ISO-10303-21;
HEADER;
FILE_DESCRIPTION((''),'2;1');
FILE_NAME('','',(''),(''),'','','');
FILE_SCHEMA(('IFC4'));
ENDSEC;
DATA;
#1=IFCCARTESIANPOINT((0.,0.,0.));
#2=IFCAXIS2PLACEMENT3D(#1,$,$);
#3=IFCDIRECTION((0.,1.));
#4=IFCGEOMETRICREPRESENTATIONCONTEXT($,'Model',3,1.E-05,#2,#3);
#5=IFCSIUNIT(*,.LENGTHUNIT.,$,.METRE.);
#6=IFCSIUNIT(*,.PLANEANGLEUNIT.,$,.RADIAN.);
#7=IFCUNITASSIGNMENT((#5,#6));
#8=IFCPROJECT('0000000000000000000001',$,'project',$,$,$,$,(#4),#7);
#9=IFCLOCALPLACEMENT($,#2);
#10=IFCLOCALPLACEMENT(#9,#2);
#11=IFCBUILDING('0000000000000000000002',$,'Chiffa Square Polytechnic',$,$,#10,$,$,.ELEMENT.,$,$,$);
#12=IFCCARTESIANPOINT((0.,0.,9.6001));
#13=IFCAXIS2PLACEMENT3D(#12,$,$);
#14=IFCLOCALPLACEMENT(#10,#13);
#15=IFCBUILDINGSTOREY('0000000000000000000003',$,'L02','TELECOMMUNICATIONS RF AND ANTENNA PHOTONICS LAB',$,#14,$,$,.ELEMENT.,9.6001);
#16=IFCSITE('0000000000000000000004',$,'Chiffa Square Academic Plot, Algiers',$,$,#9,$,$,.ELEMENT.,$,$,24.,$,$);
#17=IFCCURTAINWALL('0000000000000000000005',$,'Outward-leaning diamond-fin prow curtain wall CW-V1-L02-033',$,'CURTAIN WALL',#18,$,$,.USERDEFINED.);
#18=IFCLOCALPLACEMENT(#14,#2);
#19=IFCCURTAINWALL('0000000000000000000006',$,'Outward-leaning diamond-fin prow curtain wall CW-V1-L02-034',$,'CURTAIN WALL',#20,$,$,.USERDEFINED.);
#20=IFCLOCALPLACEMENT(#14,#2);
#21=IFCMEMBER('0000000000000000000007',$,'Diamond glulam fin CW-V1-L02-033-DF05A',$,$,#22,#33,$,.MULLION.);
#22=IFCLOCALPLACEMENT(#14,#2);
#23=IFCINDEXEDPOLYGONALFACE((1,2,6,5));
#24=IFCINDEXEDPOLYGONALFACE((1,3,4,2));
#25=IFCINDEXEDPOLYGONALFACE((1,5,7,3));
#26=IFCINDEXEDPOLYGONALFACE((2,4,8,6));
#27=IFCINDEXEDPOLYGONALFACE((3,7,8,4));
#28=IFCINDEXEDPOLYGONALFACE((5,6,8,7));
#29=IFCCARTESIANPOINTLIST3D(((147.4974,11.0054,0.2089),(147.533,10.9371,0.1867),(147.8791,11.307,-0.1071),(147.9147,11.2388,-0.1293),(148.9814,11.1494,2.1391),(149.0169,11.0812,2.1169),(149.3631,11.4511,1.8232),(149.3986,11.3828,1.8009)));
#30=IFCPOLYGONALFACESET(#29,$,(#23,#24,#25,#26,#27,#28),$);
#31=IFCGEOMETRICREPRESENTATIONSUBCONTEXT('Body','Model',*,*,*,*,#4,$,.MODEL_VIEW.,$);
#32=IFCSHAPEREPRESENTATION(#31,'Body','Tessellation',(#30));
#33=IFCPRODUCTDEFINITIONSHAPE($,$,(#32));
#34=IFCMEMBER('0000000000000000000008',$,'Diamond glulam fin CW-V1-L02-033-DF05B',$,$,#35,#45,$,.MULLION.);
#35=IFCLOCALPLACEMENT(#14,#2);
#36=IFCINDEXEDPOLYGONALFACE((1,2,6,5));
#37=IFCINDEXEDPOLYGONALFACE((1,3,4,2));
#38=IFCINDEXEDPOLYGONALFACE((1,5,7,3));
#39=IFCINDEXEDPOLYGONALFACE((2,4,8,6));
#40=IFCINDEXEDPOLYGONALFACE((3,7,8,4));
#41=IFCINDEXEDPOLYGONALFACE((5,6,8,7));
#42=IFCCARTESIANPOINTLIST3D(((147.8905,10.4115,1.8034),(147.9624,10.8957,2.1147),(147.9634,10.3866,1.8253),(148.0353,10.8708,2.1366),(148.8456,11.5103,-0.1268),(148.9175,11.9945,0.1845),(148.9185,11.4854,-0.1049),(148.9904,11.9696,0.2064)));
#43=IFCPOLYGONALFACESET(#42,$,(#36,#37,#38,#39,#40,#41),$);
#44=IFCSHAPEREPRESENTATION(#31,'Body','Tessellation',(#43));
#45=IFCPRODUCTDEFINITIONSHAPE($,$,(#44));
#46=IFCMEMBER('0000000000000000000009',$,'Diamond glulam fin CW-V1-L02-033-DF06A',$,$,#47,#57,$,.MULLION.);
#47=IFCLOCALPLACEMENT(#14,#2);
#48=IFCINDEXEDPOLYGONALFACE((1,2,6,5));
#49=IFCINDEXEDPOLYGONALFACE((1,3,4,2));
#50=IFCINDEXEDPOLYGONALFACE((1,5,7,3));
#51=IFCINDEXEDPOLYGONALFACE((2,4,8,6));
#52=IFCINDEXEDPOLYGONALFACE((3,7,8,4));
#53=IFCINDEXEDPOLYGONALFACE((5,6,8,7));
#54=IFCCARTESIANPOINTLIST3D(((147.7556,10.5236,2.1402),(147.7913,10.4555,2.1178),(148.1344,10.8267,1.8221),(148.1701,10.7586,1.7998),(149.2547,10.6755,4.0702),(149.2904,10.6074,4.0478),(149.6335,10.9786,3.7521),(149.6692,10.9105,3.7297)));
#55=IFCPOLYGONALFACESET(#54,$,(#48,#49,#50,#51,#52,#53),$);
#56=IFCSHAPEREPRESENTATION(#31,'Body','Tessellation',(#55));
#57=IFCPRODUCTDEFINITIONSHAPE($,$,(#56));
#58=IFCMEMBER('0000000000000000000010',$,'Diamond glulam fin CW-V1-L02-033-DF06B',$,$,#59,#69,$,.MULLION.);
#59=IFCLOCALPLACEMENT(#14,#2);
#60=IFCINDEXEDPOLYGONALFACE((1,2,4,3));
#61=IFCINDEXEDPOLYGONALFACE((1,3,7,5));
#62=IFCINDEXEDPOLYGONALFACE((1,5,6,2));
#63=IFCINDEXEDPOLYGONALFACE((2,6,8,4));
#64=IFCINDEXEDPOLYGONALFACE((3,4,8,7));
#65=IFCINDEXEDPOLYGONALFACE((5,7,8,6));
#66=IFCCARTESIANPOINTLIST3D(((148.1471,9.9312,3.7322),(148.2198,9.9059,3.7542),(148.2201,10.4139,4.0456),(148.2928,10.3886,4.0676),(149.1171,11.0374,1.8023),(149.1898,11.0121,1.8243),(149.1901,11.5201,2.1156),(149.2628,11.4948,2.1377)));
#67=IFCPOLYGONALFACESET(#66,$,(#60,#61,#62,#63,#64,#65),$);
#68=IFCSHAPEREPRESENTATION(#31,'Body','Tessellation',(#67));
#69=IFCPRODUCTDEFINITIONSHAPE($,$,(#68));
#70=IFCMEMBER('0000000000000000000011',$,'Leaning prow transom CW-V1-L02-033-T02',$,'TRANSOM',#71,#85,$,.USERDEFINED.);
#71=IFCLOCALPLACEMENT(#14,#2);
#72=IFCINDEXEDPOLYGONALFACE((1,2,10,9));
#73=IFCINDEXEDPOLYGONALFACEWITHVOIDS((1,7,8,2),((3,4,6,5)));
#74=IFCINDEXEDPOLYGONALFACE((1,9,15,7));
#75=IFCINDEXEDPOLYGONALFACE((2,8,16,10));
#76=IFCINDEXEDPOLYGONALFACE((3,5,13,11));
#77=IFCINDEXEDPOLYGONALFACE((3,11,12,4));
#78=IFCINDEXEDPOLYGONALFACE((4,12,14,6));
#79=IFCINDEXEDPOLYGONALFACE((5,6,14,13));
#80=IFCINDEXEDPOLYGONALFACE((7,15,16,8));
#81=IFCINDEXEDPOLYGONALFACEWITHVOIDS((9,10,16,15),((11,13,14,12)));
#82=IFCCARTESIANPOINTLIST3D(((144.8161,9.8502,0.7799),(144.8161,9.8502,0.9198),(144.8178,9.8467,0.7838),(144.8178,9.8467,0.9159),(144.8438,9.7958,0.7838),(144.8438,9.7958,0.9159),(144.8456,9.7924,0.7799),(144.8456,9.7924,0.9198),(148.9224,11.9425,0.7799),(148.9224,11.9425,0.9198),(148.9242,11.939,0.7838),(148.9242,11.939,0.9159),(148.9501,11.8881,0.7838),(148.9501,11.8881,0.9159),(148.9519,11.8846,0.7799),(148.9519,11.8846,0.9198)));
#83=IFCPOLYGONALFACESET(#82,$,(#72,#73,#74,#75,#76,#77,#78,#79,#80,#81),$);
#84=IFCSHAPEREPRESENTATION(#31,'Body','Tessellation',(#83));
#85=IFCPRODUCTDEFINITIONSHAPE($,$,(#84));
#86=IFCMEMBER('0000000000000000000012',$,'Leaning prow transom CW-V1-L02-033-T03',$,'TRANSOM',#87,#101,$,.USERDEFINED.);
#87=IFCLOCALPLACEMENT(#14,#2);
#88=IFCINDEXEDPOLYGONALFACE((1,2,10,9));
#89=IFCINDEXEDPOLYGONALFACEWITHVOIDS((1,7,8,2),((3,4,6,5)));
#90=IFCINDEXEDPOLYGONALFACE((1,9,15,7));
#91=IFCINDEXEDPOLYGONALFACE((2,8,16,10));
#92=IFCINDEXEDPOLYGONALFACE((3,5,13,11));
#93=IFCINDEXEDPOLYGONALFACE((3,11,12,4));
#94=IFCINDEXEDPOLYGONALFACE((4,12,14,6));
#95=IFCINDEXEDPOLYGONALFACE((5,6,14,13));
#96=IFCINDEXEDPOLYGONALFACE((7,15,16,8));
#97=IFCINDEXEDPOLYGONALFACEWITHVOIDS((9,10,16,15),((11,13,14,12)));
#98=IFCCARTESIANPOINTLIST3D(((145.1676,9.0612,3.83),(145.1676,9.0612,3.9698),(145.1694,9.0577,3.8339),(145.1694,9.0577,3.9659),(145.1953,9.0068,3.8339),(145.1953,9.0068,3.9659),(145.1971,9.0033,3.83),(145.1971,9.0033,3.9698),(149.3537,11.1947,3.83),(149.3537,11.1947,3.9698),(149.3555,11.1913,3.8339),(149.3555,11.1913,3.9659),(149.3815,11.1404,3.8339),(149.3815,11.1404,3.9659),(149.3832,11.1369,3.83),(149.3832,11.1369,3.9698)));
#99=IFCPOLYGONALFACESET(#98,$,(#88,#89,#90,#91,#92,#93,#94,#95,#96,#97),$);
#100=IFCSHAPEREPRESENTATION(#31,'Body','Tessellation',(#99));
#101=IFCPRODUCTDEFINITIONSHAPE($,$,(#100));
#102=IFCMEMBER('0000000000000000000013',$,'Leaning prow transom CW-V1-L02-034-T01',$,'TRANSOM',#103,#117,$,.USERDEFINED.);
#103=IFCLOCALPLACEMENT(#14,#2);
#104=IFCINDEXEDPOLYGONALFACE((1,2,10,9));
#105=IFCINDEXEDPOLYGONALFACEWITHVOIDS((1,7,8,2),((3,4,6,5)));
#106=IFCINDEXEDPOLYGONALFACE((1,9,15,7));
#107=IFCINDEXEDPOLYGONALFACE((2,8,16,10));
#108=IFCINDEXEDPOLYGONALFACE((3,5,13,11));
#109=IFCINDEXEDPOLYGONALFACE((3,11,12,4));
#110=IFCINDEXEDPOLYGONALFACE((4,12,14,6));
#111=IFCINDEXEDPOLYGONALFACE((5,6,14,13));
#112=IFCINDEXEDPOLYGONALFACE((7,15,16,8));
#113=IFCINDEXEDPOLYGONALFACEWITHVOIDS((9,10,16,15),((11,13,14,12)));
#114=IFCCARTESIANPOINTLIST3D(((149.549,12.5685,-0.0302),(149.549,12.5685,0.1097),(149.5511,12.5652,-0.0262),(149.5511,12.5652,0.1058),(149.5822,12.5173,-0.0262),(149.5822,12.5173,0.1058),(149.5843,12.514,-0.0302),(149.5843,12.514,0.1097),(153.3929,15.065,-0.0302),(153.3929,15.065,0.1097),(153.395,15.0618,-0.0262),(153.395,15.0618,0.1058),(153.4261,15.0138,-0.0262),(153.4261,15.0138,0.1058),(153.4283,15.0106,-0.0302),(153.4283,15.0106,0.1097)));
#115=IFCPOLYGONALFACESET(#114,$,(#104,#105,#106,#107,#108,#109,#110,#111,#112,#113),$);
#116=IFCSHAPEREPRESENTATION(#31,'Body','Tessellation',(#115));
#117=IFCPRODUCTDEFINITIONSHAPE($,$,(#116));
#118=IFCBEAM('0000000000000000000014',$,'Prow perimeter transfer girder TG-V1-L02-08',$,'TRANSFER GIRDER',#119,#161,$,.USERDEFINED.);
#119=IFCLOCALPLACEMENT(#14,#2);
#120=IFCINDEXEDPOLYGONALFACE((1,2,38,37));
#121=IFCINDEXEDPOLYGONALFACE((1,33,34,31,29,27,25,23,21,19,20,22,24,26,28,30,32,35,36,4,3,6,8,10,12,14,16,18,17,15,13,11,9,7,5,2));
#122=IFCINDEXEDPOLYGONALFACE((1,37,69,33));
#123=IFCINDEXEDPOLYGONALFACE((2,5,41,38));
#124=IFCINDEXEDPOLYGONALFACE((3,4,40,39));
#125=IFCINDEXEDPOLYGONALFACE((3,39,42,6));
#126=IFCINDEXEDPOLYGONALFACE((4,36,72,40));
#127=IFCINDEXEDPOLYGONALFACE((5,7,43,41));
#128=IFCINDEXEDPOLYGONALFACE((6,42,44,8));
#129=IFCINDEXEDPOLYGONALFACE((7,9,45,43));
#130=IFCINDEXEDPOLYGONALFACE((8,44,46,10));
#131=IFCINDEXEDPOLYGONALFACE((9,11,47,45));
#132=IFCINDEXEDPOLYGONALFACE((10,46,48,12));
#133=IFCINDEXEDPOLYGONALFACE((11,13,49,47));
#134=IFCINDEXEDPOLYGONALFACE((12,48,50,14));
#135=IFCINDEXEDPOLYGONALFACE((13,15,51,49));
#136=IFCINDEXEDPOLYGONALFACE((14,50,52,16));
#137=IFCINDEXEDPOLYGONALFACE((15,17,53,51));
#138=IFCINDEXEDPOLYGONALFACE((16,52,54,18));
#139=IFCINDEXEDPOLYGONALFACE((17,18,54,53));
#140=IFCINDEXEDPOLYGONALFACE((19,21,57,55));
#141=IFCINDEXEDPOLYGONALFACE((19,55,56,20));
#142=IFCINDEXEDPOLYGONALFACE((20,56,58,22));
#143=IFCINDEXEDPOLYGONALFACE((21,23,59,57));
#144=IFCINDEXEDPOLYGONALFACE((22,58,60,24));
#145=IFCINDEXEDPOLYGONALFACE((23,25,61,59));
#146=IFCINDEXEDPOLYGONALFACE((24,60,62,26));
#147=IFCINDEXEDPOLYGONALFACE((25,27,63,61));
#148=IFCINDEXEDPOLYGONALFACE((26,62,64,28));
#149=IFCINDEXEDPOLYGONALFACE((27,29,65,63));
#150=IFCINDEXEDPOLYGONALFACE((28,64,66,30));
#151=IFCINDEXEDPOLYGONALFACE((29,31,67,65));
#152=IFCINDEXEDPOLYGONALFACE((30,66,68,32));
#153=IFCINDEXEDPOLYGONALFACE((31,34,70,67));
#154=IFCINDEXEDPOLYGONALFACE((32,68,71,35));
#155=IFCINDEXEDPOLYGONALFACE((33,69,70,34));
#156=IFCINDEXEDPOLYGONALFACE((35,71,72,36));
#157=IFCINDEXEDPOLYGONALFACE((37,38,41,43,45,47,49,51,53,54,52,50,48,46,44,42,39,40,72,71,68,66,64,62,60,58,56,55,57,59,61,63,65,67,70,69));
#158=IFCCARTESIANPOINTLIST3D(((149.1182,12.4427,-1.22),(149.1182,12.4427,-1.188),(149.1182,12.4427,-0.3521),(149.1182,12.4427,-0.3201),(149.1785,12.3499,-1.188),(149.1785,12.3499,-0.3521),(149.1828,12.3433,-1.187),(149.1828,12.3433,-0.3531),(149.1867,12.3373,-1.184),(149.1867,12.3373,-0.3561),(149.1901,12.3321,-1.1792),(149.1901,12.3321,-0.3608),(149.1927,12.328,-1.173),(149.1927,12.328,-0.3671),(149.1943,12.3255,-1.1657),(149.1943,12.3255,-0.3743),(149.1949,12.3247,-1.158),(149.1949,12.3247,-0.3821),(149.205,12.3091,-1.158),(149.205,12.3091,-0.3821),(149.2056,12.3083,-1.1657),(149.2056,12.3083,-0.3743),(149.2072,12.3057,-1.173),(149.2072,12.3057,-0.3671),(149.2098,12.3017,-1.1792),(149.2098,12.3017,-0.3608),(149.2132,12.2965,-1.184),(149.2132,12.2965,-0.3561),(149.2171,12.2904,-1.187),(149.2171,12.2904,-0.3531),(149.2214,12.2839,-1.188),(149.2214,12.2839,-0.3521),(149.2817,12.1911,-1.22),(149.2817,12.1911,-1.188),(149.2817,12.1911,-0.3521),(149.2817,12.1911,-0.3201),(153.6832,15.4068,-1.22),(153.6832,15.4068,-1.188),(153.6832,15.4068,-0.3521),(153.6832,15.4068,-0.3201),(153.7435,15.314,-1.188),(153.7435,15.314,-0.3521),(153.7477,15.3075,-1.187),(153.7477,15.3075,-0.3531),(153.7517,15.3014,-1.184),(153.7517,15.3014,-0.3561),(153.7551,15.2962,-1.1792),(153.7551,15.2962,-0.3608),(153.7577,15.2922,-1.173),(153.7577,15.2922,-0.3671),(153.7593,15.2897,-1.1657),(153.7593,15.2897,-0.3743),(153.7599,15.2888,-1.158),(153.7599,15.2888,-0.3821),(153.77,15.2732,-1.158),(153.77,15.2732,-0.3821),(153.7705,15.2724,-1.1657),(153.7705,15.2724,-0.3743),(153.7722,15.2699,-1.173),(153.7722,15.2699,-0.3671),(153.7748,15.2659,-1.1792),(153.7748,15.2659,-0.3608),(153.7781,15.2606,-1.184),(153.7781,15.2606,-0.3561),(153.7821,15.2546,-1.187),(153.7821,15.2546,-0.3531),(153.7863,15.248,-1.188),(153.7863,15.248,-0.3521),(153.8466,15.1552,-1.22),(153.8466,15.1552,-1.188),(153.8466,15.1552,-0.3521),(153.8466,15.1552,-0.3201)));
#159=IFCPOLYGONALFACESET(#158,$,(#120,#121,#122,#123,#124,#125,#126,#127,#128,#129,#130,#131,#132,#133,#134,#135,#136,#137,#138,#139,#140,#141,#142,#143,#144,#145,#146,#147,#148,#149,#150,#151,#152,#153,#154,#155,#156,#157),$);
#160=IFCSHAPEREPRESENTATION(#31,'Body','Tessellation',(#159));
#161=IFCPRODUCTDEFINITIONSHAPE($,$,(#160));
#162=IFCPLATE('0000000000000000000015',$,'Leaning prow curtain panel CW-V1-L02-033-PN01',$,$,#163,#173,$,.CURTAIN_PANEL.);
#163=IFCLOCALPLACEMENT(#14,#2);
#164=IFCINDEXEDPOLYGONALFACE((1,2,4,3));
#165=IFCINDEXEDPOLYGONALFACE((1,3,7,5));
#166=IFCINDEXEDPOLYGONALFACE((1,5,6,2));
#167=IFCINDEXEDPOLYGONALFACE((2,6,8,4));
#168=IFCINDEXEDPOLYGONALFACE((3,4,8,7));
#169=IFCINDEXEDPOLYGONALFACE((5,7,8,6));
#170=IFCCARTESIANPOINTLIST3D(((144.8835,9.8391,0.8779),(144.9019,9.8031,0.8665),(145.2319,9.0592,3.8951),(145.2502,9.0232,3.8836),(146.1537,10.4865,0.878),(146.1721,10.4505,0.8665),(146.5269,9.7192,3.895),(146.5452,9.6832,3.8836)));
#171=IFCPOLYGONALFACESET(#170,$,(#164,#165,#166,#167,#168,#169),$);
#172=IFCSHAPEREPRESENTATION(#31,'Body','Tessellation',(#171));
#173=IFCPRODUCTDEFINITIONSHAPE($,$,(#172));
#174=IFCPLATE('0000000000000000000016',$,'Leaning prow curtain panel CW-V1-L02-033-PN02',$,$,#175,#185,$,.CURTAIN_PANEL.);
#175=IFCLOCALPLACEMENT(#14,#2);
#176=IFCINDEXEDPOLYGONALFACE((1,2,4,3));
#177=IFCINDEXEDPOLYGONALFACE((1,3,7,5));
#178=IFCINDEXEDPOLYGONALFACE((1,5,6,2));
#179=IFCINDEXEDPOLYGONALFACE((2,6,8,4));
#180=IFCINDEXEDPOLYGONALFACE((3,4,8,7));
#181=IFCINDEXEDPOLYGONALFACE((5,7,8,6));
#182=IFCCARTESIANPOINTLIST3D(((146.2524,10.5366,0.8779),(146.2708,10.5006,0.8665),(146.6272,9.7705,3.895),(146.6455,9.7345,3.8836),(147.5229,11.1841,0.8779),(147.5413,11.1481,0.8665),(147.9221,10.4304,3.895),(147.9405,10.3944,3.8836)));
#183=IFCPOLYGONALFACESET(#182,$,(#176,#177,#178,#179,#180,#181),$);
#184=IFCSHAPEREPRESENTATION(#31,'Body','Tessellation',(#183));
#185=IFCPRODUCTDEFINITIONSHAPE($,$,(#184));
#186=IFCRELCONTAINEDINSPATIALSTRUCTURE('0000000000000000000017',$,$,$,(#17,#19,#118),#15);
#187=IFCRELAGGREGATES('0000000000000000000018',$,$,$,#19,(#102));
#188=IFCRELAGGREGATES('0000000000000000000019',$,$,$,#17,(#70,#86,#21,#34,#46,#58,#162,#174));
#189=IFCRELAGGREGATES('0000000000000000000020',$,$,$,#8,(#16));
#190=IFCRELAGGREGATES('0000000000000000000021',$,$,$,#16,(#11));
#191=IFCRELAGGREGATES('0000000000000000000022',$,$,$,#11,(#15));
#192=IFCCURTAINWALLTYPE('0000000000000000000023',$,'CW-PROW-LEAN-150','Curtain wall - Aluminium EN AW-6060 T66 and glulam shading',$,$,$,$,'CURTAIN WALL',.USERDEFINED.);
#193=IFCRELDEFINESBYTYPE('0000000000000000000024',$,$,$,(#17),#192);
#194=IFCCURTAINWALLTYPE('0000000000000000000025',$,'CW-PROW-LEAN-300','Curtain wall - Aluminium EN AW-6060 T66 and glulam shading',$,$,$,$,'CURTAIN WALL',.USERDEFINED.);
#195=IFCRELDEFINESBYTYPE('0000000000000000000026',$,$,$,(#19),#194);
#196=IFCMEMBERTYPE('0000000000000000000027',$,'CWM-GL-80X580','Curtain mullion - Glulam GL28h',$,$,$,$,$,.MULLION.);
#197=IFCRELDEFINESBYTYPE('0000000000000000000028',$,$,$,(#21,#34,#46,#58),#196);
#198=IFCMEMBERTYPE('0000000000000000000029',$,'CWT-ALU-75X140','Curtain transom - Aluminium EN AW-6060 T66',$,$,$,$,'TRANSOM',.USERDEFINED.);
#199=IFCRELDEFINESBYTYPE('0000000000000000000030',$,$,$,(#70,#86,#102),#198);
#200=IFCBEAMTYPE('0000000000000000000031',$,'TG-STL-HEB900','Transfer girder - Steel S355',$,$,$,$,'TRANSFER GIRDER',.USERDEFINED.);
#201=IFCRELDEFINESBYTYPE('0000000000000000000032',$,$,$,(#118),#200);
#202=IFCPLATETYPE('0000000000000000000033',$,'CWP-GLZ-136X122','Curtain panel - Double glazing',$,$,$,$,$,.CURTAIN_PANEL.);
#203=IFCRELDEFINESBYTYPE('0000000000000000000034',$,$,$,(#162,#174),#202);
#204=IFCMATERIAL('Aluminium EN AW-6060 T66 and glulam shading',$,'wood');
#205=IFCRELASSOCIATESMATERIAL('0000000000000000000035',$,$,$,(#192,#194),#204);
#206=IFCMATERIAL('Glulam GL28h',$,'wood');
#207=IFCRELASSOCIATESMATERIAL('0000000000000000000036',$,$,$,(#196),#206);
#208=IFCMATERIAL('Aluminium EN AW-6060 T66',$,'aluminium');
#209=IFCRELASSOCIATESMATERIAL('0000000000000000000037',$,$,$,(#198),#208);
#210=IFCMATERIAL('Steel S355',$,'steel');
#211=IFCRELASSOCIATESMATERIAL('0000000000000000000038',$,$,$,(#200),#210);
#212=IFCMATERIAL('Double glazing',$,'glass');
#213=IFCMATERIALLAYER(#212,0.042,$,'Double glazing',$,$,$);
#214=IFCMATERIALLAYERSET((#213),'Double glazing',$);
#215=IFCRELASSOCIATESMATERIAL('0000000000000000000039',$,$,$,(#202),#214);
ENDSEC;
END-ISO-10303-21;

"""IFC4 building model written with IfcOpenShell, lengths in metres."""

from ifc_helpers import new_model, si_unit, direction, frame, origin, origin_2d, place, context, subcontext, project, spatial, polyline, rectangle, hollow_rectangle, i_section, outline, extrude, material, layer, layer_set, material_profile, profile_set, type_object, element, aggregate, save


model = new_model("IFC4")

# Units and contexts
model_context = context("Model", 3, precision=1e-05, world=origin(), true_north=direction((0.0, 1.0)))
body_context = subcontext(model_context, "Body", "Model", "MODEL_VIEW")
ifc_project = project(units=[si_unit("LENGTHUNIT", "METRE"), si_unit("PLANEANGLEUNIT", "RADIAN")], contexts=[model_context])

# Site, building, storey
site_placement = place(None, origin())
site = spatial("IfcSite", under=ifc_project, at=site_placement, Name="Chiffa Square Academic Plot, Algiers", CompositionType="ELEMENT", RefElevation=24.0)
building_placement = place(site_placement, origin())
building = spatial("IfcBuilding", under=site, at=building_placement, Name="Chiffa Square Polytechnic", CompositionType="ELEMENT")
storey_placement = place(building_placement, frame((0.0, 0.0, 9.6001)))
storey = spatial("IfcBuildingStorey", under=building, at=storey_placement, Name="L02", Description="TELECOMMUNICATIONS RF AND ANTENNA PHOTONICS LAB", CompositionType="ELEMENT", Elevation=9.6001)

# Curtain wall
ifc_material_1 = material(Name="Aluminium EN AW-6060 T66 and glulam shading", Category="wood")
curtain_wall_type_1 = type_object("IfcCurtainWallType", Name="CW-PROW-LEAN-150", Description="Curtain wall - Aluminium EN AW-6060 T66 and glulam shading", ElementType="CURTAIN WALL", PredefinedType="USERDEFINED", material=ifc_material_1)
curtain_wall_1_placement = place(storey_placement, origin())
curtain_wall_1 = element("IfcCurtainWall", 1, at=curtain_wall_1_placement, inside=storey, type_object=curtain_wall_type_1, Name="Outward-leaning diamond-fin prow curtain wall CW-V1-L02-033", ObjectType="CURTAIN WALL", PredefinedType="USERDEFINED")
ifc_material_2 = material(Name="Aluminium EN AW-6060 T66", Category="aluminium")

# Curtain wall
curtain_wall_type_2 = type_object("IfcCurtainWallType", Name="CW-PROW-LEAN-300", Description="Curtain wall - Aluminium EN AW-6060 T66 and glulam shading", ElementType="CURTAIN WALL", PredefinedType="USERDEFINED", material=ifc_material_1)
curtain_wall_2_placement = place(storey_placement, origin())
curtain_wall_2 = element("IfcCurtainWall", 2, at=curtain_wall_2_placement, inside=storey, type_object=curtain_wall_type_2, Name="Outward-leaning diamond-fin prow curtain wall CW-V1-L02-034", ObjectType="CURTAIN WALL", PredefinedType="USERDEFINED")

# Members
ifc_material_3 = material(Name="Glulam GL28h", Category="wood")
ifc_material_profile_1 = material_profile(ifc_material_3, rectangle(XDim=0.0801, YDim=0.5801, at=origin_2d()), Name="GL28h 80x580")
ifc_profile_set_1 = profile_set([ifc_material_profile_1], Name="Glulam GL28h")
member_type_1 = type_object("IfcMemberType", Name="CWM-GL-80X580", Description="Curtain mullion - Glulam GL28h", PredefinedType="MULLION", material=ifc_profile_set_1)
member_1_placement = place(storey_placement, frame((147.7061, 11.1221, 0.0398), z_axis=(0.608424, 0.059061, 0.791412), x_axis=(-0.443699, 0.852124, 0.277517)))
member_1 = element("IfcMember", 3, at=member_1_placement, type_object=member_type_1, Name="Diamond glulam fin CW-V1-L02-033-DF05A", PredefinedType="MULLION", context=body_context, shape_type="SweptSolid", body=[
    extrude(rectangle(XDim=0.0801, YDim=0.5801, at=origin_2d()), origin(), (0.0, 0.0, 1.0), 2.439),
])
member_2_placement = place(storey_placement, frame((148.918, 11.74, 0.0398), z_axis=(-0.395035, -0.454513, 0.798351), x_axis=(0.910262, -0.310937, 0.273389)))
member_2 = element("IfcMember", 4, at=member_2_placement, type_object=member_type_1, Name="Diamond glulam fin CW-V1-L02-033-DF05B", PredefinedType="MULLION", context=body_context, shape_type="SweptSolid", body=[
    extrude(rectangle(XDim=0.0801, YDim=0.5801, at=origin_2d()), origin(), (0.0, 0.0, 1.0), 2.4177),
])
member_3_placement = place(storey_placement, frame((147.9629, 10.6411, 1.97), z_axis=(0.612241, 0.062022, 0.788235), x_axis=(-0.445831, 0.850403, 0.279374)))
member_3 = element("IfcMember", 5, at=member_3_placement, type_object=member_type_1, Name="Diamond glulam fin CW-V1-L02-033-DF06A", PredefinedType="MULLION", context=body_context, shape_type="SweptSolid", body=[
    extrude(rectangle(XDim=0.0801, YDim=0.5801, at=origin_2d()), origin(), (0.0, 0.0, 1.0), 2.4485),
])
member_4_placement = place(storey_placement, frame((149.1899, 11.2661, 1.97), z_axis=(-0.399698, -0.455835, 0.795271), x_axis=(0.907971, -0.315967, 0.275234)))
member_4 = element("IfcMember", 6, at=member_4_placement, type_object=member_type_1, Name="Diamond glulam fin CW-V1-L02-033-DF06B", PredefinedType="MULLION", context=body_context, shape_type="SweptSolid", body=[
    extrude(rectangle(XDim=0.0801, YDim=0.5801, at=origin_2d()), origin(), (0.0, 0.0, 1.0), 2.4268),
])
ifc_material_profile_2 = material_profile(ifc_material_2, hollow_rectangle(XDim=0.0649, YDim=0.1399, WallThickness=0.0039, at=origin_2d()), Name="ALU 65x140x4")
ifc_profile_set_2 = profile_set([ifc_material_profile_2], Name="Aluminium EN AW-6060 T66")
member_type_2 = type_object("IfcMemberType", Name="CWT-ALU-75X140", Description="Curtain transom - Aluminium EN AW-6060 T66", ElementType="TRANSOM", PredefinedType="USERDEFINED", material=ifc_profile_set_2)
member_5_placement = place(storey_placement, frame((144.8308, 9.8213, 0.8499), z_axis=(0.891011, 0.453981, 0.0), x_axis=(-0.453981, 0.891011, 0.0)))
member_5 = element("IfcMember", 7, at=member_5_placement, type_object=member_type_2, Name="Leaning prow transom CW-V1-L02-033-T02", ObjectType="TRANSOM", PredefinedType="USERDEFINED", context=body_context, shape_type="SweptSolid", body=[
    extrude(hollow_rectangle(XDim=0.0649, YDim=0.1399, WallThickness=0.0039, at=origin_2d()), origin(), (0.0, 0.0, 1.0), 4.6086),
])
member_6_placement = place(storey_placement, frame((145.1824, 9.0322, 3.8999), z_axis=(0.89095, 0.454101, 0.0), x_axis=(-0.454101, 0.89095, 0.0)))
member_6 = element("IfcMember", 8, at=member_6_placement, type_object=member_type_2, Name="Leaning prow transom CW-V1-L02-033-T03", ObjectType="TRANSOM", PredefinedType="USERDEFINED", context=body_context, shape_type="SweptSolid", body=[
    extrude(hollow_rectangle(XDim=0.0649, YDim=0.1399, WallThickness=0.0039, at=origin_2d()), origin(), (0.0, 0.0, 1.0), 4.6985),
])
member_7_placement = place(storey_placement, frame((149.5667, 12.5413, 0.0398), z_axis=(0.838644, 0.544679, 0.0), x_axis=(-0.544679, 0.838644, 0.0)))
member_7 = element("IfcMember", 9, at=member_7_placement, type_object=member_type_2, Name="Leaning prow transom CW-V1-L02-034-T01", ObjectType="TRANSOM", PredefinedType="USERDEFINED", context=body_context, shape_type="SweptSolid", body=[
    extrude(hollow_rectangle(XDim=0.0649, YDim=0.1399, WallThickness=0.0039, at=origin_2d()), origin(), (0.0, 0.0, 1.0), 4.5835),
])

# Beam
ifc_material_4 = material(Name="Steel S355", Category="steel")
ifc_material_profile_3 = material_profile(ifc_material_4, i_section(OverallWidth=0.3, OverallDepth=0.8999, WebThickness=0.0186, FlangeThickness=0.032, FilletRadius=0.03, at=origin_2d()), Name="HEB 900")
ifc_profile_set_3 = profile_set([ifc_material_profile_3], Name="Steel S355")
beam_type = type_object("IfcBeamType", Name="TG-STL-HEB900", Description="Transfer girder - Steel S355", ElementType="TRANSFER GIRDER", PredefinedType="USERDEFINED", material=ifc_profile_set_3)
beam_placement = place(storey_placement, frame((149.2, 12.3169, -0.77), z_axis=(0.838704, 0.544588, 0.0), x_axis=(-0.544588, 0.838704, 0.0)))
element("IfcBeam", 10, at=beam_placement, inside=storey, type_object=beam_type, Name="Prow perimeter transfer girder TG-V1-L02-08", ObjectType="TRANSFER GIRDER", PredefinedType="USERDEFINED", context=body_context, shape_type="SweptSolid", body=[
    extrude(i_section(OverallWidth=0.3, OverallDepth=0.8999, WebThickness=0.0186, FlangeThickness=0.032, FilletRadius=0.03, at=origin_2d()), origin(), (0.0, 0.0, 1.0), 5.4429),
])

# Plates
ifc_material_5 = material(Name="Double glazing", Category="glass")
ifc_layer_1 = layer(ifc_material_5, 0.042, Name="Double glazing")
ifc_layer_set_1 = layer_set([ifc_layer_1], Name="Double glazing")
plate_type_1 = type_object("IfcPlateType", Name="CWP-GLZ-136X122", Description="Curtain panel - Double glazing", PredefinedType="CURTAIN_PANEL", material=ifc_layer_set_1)
plate_1_placement = place(storey_placement, frame((144.8835, 9.8391, 0.8779), z_axis=(-0.436958, 0.857351, 0.27206), x_axis=(0.890962, 0.454078, 0.00003)))
plate_1 = element("IfcPlate", 11, at=plate_1_placement, type_object=plate_type_1, Name="Leaning prow curtain panel CW-V1-L02-033-PN01", PredefinedType="CURTAIN_PANEL", context=body_context, shape_type="SweptSolid", body=[
    extrude(outline(polyline([(0.0, 0.0), (1.4256, 0.0), (1.4098, -3.1353), (-0.0437, -3.1354), (0.0, 0.0)])), origin(), (0.0, 0.0, -1.0), 0.042),
])
plate_2_placement = place(storey_placement, frame((146.2524, 10.5366, 0.8779), z_axis=(-0.436935, 0.857388, 0.271983), x_axis=(0.890976, 0.454051, 0.000001)))
plate_2 = element("IfcPlate", 12, at=plate_2_placement, type_object=plate_type_1, Name="Leaning prow curtain panel CW-V1-L02-033-PN02", PredefinedType="CURTAIN_PANEL", context=body_context, shape_type="SweptSolid", body=[
    extrude(outline(polyline([(0.0, 0.0), (1.426, 0.0), (1.4394, -3.1353), (-0.014, -3.1353), (0.0, 0.0)])), origin(), (0.0, 0.0, -1.0), 0.042),
])
aggregate(curtain_wall_2, [member_7])
aggregate(curtain_wall_1, [member_5, member_6, member_1, member_2, member_3, member_4, plate_1, plate_2])

save(model, "model.ifc")
